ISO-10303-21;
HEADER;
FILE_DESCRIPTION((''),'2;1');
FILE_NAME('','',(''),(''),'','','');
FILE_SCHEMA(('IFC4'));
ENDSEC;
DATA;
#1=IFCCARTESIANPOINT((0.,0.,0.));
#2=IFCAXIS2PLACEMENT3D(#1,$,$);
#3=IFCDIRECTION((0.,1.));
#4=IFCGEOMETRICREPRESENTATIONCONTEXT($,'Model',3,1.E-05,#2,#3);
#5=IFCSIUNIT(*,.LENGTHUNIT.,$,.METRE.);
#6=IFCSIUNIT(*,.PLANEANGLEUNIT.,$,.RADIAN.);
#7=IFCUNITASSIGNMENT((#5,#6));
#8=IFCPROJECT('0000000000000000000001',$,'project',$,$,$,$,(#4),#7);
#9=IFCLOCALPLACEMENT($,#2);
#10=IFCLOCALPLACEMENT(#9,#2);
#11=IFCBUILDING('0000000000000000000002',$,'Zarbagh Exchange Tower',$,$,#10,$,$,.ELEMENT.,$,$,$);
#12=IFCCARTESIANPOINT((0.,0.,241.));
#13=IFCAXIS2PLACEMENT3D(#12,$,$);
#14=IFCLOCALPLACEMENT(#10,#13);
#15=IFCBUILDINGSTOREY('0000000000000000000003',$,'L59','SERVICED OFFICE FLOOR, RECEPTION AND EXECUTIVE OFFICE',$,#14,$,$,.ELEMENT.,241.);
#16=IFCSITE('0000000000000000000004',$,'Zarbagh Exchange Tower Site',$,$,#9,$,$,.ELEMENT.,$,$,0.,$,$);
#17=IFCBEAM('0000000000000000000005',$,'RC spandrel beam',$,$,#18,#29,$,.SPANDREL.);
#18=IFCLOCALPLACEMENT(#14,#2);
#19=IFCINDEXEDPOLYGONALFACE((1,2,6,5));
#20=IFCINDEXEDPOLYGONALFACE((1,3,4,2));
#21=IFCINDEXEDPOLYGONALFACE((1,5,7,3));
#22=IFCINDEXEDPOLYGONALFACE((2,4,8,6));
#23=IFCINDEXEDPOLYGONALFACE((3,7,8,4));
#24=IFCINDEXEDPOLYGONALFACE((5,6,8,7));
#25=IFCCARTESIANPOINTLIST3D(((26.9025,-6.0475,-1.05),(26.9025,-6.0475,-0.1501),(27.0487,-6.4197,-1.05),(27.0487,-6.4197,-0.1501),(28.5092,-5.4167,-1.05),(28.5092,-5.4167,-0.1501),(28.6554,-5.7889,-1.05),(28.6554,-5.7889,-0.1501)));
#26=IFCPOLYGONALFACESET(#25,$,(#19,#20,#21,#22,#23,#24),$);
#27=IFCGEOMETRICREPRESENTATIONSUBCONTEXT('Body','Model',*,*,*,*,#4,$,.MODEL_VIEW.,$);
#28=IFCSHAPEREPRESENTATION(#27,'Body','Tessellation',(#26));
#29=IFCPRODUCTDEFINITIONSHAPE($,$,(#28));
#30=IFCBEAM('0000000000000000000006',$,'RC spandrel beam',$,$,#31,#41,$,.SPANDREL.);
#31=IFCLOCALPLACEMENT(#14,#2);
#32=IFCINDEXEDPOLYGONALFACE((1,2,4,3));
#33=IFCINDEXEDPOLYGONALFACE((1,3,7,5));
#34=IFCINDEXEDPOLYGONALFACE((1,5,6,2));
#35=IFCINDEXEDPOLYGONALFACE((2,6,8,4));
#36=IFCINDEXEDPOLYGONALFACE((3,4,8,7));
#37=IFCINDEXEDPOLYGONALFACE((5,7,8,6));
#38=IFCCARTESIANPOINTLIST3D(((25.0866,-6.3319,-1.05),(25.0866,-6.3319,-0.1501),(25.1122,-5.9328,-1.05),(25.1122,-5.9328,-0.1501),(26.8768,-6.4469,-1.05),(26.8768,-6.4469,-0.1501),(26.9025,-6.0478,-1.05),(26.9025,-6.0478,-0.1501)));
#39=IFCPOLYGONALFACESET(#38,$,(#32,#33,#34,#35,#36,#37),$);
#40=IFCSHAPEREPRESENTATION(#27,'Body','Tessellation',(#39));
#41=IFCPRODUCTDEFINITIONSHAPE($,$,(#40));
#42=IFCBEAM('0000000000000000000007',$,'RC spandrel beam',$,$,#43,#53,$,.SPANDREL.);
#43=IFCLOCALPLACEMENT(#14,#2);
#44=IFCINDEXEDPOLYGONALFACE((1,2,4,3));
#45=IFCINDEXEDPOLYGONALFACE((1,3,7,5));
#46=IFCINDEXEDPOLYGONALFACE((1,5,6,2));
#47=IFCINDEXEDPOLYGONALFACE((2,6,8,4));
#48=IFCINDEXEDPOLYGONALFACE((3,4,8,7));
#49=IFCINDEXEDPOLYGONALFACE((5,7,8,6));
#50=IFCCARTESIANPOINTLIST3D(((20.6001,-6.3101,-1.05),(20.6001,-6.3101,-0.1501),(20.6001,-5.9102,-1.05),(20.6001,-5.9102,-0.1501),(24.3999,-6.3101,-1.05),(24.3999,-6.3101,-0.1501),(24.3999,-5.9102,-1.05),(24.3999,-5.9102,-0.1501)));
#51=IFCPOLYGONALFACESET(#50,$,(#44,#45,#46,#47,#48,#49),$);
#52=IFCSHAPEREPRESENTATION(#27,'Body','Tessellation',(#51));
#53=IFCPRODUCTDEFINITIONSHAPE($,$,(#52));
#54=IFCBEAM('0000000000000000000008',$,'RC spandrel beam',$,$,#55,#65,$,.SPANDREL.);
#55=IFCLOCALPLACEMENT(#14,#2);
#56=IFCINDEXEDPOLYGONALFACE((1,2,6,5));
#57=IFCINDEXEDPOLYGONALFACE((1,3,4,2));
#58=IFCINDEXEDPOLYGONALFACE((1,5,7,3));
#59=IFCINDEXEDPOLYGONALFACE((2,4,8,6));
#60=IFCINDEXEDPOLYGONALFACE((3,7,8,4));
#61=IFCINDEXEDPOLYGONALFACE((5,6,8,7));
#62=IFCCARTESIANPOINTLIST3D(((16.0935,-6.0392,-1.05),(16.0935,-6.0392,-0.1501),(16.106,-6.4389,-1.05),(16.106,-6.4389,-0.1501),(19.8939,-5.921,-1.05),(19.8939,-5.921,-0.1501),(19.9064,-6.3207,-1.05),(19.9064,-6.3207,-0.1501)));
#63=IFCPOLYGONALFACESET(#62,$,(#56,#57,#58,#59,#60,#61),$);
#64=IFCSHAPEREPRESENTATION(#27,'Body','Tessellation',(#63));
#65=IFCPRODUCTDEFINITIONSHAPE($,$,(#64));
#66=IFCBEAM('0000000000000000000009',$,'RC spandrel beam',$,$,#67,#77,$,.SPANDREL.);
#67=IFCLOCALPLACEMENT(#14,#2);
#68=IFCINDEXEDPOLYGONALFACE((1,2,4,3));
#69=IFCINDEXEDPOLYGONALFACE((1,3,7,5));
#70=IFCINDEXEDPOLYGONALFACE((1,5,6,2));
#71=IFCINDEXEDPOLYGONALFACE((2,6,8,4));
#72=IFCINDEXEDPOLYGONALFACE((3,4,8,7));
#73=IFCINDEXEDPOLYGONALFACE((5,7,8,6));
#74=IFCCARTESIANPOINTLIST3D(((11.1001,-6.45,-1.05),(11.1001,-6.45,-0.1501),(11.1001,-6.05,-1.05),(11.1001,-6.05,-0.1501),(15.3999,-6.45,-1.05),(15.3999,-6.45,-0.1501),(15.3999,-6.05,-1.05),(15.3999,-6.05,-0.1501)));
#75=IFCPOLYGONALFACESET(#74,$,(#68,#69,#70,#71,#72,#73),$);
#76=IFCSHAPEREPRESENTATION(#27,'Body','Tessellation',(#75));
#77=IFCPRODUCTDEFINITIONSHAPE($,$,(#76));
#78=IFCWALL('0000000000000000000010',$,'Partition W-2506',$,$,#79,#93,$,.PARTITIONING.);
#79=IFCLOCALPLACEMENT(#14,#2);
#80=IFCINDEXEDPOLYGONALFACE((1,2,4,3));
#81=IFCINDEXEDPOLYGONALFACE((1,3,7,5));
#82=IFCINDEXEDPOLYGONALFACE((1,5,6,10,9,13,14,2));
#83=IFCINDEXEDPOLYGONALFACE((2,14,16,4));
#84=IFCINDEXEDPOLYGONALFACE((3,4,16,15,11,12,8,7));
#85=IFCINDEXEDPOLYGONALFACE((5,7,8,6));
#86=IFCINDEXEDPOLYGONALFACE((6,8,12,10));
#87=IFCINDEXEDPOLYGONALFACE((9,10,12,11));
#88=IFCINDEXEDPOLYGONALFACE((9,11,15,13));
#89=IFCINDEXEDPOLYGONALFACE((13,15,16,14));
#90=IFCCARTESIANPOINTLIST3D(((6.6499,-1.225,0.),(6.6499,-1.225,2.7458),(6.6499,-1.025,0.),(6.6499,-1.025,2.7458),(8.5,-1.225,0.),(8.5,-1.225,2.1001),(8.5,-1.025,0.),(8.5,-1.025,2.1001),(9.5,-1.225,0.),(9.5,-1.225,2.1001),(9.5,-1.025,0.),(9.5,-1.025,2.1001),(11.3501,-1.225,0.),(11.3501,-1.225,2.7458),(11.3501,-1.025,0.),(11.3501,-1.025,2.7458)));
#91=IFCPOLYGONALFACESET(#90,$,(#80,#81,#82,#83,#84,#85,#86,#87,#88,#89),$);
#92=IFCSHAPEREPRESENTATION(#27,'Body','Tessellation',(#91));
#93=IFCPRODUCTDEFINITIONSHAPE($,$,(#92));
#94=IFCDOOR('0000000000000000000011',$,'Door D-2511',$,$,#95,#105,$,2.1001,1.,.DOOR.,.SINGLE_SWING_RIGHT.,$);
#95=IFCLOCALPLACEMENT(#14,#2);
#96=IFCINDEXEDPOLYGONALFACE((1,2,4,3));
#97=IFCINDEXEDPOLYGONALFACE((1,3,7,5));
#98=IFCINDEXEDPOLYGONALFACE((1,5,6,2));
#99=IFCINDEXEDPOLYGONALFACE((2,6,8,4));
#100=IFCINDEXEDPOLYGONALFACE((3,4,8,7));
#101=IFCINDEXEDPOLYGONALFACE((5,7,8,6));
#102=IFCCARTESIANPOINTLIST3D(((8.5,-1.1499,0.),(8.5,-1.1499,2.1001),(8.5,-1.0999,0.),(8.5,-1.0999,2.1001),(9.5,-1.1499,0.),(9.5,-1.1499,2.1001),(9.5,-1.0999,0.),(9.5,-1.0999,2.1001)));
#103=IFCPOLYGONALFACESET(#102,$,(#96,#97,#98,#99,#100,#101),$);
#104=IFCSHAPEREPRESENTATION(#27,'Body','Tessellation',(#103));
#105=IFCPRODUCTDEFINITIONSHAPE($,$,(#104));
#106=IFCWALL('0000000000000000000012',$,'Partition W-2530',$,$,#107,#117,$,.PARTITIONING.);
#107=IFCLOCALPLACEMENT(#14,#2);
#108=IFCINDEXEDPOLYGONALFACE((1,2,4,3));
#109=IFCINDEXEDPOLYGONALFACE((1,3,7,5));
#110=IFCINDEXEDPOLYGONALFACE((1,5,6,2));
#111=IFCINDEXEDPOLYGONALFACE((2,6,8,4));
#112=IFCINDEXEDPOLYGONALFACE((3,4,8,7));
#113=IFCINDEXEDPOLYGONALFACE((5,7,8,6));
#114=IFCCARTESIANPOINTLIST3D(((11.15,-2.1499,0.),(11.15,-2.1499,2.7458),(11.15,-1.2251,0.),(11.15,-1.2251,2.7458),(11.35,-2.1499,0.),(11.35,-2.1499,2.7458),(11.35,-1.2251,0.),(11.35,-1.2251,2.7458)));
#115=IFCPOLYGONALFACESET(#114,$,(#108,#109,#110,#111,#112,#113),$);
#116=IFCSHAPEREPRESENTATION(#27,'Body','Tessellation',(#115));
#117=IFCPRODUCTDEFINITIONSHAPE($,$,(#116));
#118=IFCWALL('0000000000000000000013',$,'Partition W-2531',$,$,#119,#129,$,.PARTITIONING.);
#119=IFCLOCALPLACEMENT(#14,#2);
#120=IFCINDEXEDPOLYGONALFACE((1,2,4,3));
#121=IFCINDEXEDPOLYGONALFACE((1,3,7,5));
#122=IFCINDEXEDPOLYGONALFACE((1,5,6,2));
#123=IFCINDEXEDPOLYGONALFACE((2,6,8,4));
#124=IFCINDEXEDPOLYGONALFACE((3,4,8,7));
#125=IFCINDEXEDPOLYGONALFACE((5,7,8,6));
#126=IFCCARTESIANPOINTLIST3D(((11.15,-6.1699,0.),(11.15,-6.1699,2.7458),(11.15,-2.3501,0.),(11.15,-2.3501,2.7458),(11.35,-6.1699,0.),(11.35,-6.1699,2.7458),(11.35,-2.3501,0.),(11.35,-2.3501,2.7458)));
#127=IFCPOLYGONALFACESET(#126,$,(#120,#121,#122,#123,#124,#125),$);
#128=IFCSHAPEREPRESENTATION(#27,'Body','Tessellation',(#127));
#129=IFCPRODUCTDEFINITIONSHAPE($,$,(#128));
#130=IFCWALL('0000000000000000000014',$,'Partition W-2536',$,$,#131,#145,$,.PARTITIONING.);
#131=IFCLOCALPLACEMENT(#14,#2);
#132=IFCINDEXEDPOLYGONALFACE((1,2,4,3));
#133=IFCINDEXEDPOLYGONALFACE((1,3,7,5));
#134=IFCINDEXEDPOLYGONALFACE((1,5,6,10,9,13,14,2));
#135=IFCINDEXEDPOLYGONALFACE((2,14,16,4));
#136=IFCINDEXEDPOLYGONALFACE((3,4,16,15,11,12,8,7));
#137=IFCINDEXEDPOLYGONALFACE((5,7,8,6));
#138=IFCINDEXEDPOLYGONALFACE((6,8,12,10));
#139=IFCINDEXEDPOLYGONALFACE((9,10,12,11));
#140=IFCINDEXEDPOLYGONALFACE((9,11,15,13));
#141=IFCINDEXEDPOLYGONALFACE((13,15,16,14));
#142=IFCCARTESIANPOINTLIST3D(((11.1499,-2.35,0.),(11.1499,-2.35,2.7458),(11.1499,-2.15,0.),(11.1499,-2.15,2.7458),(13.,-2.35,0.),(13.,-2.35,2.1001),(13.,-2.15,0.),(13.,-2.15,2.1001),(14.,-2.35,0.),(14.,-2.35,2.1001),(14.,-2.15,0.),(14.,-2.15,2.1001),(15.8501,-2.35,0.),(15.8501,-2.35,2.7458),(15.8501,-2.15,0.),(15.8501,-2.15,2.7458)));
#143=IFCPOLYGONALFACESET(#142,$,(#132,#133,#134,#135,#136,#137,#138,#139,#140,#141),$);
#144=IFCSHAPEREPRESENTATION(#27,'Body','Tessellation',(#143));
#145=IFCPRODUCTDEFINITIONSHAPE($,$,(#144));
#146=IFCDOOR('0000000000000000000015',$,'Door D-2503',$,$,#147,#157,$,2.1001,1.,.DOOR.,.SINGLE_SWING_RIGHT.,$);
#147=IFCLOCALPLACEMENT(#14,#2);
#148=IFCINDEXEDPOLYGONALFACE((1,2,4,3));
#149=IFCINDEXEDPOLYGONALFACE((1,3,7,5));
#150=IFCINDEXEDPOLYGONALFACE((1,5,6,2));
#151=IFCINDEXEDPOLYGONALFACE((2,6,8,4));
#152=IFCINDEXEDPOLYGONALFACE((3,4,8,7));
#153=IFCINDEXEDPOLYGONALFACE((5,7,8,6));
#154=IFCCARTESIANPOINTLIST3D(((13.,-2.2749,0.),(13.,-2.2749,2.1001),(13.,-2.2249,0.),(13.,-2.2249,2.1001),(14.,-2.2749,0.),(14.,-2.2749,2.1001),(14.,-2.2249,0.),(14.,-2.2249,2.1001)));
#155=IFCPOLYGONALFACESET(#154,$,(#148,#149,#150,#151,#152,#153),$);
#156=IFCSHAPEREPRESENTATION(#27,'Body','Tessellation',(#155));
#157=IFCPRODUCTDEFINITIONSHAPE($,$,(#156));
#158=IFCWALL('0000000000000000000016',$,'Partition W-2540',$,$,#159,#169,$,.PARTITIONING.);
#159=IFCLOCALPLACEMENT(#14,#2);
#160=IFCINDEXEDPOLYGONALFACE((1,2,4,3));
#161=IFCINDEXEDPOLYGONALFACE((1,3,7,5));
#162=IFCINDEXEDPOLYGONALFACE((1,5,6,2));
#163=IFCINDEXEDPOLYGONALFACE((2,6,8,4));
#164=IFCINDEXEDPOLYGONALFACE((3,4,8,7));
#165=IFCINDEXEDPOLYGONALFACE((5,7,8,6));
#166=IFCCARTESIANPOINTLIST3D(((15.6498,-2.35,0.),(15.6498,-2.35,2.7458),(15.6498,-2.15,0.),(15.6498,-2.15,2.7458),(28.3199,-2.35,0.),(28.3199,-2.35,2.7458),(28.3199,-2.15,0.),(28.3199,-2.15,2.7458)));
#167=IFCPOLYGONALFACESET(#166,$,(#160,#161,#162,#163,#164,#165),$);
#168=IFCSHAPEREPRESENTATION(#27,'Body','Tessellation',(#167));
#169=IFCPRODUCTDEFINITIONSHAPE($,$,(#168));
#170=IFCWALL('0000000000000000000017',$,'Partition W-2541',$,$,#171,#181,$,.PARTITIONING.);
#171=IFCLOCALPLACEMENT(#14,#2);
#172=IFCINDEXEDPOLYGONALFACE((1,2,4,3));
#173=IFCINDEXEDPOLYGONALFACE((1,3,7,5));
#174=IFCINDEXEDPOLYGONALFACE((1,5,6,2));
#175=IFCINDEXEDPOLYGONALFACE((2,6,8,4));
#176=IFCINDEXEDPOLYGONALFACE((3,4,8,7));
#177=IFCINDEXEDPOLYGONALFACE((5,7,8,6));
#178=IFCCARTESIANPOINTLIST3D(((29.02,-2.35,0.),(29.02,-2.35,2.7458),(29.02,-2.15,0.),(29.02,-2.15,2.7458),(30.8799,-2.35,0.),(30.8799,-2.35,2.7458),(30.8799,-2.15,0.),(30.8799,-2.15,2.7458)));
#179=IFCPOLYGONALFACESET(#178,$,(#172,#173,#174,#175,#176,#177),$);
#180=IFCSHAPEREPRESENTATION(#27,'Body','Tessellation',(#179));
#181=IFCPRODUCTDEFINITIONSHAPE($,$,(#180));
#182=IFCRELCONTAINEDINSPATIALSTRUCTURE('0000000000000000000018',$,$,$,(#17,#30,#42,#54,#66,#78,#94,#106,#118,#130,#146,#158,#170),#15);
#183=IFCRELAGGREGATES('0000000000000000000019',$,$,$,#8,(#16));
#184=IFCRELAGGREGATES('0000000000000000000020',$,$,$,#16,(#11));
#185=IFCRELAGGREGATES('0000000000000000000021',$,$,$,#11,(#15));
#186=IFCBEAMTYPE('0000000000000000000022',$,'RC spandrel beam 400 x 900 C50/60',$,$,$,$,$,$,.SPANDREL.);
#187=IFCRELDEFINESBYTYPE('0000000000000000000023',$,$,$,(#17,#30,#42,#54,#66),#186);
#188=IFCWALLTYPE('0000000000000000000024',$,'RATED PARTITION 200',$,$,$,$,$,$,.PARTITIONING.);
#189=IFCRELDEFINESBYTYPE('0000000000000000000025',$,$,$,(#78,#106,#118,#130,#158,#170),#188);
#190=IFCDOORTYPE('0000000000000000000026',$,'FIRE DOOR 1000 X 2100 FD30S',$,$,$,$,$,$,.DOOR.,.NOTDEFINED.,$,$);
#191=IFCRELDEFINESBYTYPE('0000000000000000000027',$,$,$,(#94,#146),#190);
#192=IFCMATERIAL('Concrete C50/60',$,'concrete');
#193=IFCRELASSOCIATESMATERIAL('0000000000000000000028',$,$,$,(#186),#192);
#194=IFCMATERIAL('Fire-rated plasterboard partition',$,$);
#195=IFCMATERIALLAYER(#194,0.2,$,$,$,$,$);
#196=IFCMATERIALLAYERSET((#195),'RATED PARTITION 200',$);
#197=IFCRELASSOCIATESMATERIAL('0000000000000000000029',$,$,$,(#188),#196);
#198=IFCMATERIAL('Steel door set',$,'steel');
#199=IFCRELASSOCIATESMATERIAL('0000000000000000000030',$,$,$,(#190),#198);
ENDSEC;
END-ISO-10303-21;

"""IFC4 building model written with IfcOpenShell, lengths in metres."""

from ifc_helpers import new_model, si_unit, direction, frame, frame_2d, origin, origin_2d, place, context, subcontext, project, spatial, rectangle, extrude, material, layer, layer_set, material_profile, profile_set, type_object, element, fill, save


model = new_model("IFC4")

# Units and contexts
model_context = context("Model", 3, precision=1e-05, world=origin(), true_north=direction((0.0, 1.0)))
body_context = subcontext(model_context, "Body", "Model", "MODEL_VIEW")
ifc_project = project(units=[si_unit("LENGTHUNIT", "METRE"), si_unit("PLANEANGLEUNIT", "RADIAN")], contexts=[model_context])

# Site, building, storey
site_placement = place(None, origin())
site = spatial("IfcSite", under=ifc_project, at=site_placement, Name="Zarbagh Exchange Tower Site", CompositionType="ELEMENT", RefElevation=0.0)
building_placement = place(site_placement, origin())
building = spatial("IfcBuilding", under=site, at=building_placement, Name="Zarbagh Exchange Tower", CompositionType="ELEMENT")
storey_placement = place(building_placement, frame((0.0, 0.0, 241.0)))
storey = spatial("IfcBuildingStorey", under=building, at=storey_placement, Name="L59", Description="SERVICED OFFICE FLOOR, RECEPTION AND EXECUTIVE OFFICE", CompositionType="ELEMENT", Elevation=241.0)

# Shared definitions
ifc_material_1 = material(Name="Concrete C50/60", Category="concrete")

# Beams
ifc_material_profile_1 = material_profile(ifc_material_1, rectangle(XDim=0.3999, YDim=0.8999, at=origin_2d()), Name="RC spandrel beam 400 x 900 C50/60")
ifc_profile_set_1 = profile_set([ifc_material_profile_1], Name="Concrete C50/60")
beam_type_1 = type_object("IfcBeamType", Name="RC spandrel beam 400 x 900 C50/60", PredefinedType="SPANDREL", material=ifc_profile_set_1)
beam_1_placement = place(storey_placement, frame((28.5823, -5.6028, -0.6001), z_axis=(-0.930819, -0.365482, 0.0), x_axis=(0.365482, -0.930819, 0.0)))
element("IfcBeam", 1, at=beam_1_placement, inside=storey, type_object=beam_type_1, Name="RC spandrel beam", PredefinedType="SPANDREL", context=body_context, shape_type="SweptSolid", body=[
    extrude(rectangle(XDim=0.3999, YDim=0.8999, at=origin_2d()), origin(), (0.0, 0.0, 1.0), 1.7261),
])
beam_2_placement = place(storey_placement, frame((26.8896, -6.2473, -0.6001), z_axis=(-0.997944, 0.064098, 0.0), x_axis=(-0.064098, -0.997944, 0.0)))
element("IfcBeam", 2, at=beam_2_placement, inside=storey, type_object=beam_type_1, Name="RC spandrel beam", PredefinedType="SPANDREL", context=body_context, shape_type="SweptSolid", body=[
    extrude(rectangle(XDim=0.3999, YDim=0.8999, at=origin_2d()), origin(), (0.0, 0.0, 1.0), 1.7939),
])
beam_3_placement = place(storey_placement, frame((24.3999, -6.1101, -0.6001), z_axis=(-1.0, 0.0, 0.0), x_axis=(0.0, -1.0, 0.0)))
element("IfcBeam", 3, at=beam_3_placement, inside=storey, type_object=beam_type_1, Name="RC spandrel beam", PredefinedType="SPANDREL", context=body_context, shape_type="SweptSolid", body=[
    extrude(rectangle(XDim=0.3999, YDim=0.8999, at=origin_2d()), origin(), (0.0, 0.0, 1.0), 3.7998),
])
beam_4_placement = place(storey_placement, frame((19.9001, -6.1208, -0.6001), z_axis=(-0.999517, -0.031078, 0.0), x_axis=(0.031078, -0.999517, 0.0)))
element("IfcBeam", 4, at=beam_4_placement, inside=storey, type_object=beam_type_1, Name="RC spandrel beam", PredefinedType="SPANDREL", context=body_context, shape_type="SweptSolid", body=[
    extrude(rectangle(XDim=0.3999, YDim=0.8999, at=origin_2d()), origin(), (0.0, 0.0, 1.0), 3.8022),
])
beam_5_placement = place(storey_placement, frame((15.3999, -6.25, -0.6001), z_axis=(-1.0, 0.0, 0.0), x_axis=(0.0, -1.0, 0.0)))
element("IfcBeam", 5, at=beam_5_placement, inside=storey, type_object=beam_type_1, Name="RC spandrel beam", PredefinedType="SPANDREL", context=body_context, shape_type="SweptSolid", body=[
    extrude(rectangle(XDim=0.3999, YDim=0.8999, at=origin_2d()), origin(), (0.0, 0.0, 1.0), 4.2998),
])

# Wall, opening, door
ifc_material_2 = material(Name="Fire-rated plasterboard partition")
ifc_layer = layer(ifc_material_2, 0.2)
ifc_layer_set = layer_set([ifc_layer], Name="RATED PARTITION 200")
wall_type = type_object("IfcWallType", Name="RATED PARTITION 200", PredefinedType="PARTITIONING", material=ifc_layer_set)
wall_1_placement = place(storey_placement, frame((11.3501, -1.125, 0.0), z_axis=(0.0, 0.0, 1.0), x_axis=(-1.0, 0.0, 0.0)))
wall_1 = element("IfcWall", 6, at=wall_1_placement, inside=storey, type_object=wall_type, Name="Partition W-2506", PredefinedType="PARTITIONING", context=body_context, shape_type="SweptSolid", body=[
    extrude(rectangle(XDim=4.7002, YDim=0.2, at=frame_2d((2.3501, 0.0))), origin(), (0.0, 0.0, 1.0), 2.7458),
])
opening_1_placement = place(wall_1_placement, frame((1.8501, 0.0, 0.0)))
opening_1 = element("IfcOpeningElement", 7, at=opening_1_placement, cuts=wall_1, PredefinedType="OPENING", context=body_context, shape_type="SweptSolid", body=[
    extrude(rectangle(XDim=1.0, YDim=2.1001, at=frame_2d((0.5, 1.05))), frame((0.0, 0.1099, 0.0), z_axis=(0.0, -1.0, 0.0), x_axis=(1.0, 0.0, 0.0)), (0.0, 0.0, 1.0), 0.22),
])
ifc_material_3 = material(Name="Steel door set", Category="steel")
door_type = type_object("IfcDoorType", Name="FIRE DOOR 1000 X 2100 FD30S", OperationType="NOTDEFINED", PredefinedType="DOOR", material=ifc_material_3)
door_1_placement = place(opening_1_placement, origin())
door_1 = element("IfcDoor", 8, at=door_1_placement, inside=storey, type_object=door_type, Name="Door D-2511", OperationType="SINGLE_SWING_RIGHT", OverallHeight=2.1001, OverallWidth=1.0, PredefinedType="DOOR", context=body_context, shape_type="SweptSolid", body=[
    extrude(rectangle(XDim=1.0, YDim=2.1001, at=frame_2d((0.5, 1.05))), frame((0.0, 0.0249, 0.0), z_axis=(0.0, -1.0, 0.0), x_axis=(1.0, 0.0, 0.0)), (0.0, 0.0, 1.0), 0.05),
])
fill(opening_1, door_1)

# Walls
wall_2_placement = place(storey_placement, frame((11.25, -2.1499, 0.0), z_axis=(0.0, 0.0, 1.0), x_axis=(0.0, 1.0, 0.0)))
element("IfcWall", 9, at=wall_2_placement, inside=storey, type_object=wall_type, Name="Partition W-2530", PredefinedType="PARTITIONING", context=body_context, shape_type="SweptSolid", body=[
    extrude(rectangle(XDim=0.9248, YDim=0.2, at=frame_2d((0.4624, 0.0))), origin(), (0.0, 0.0, 1.0), 2.7458),
])
wall_3_placement = place(storey_placement, frame((11.25, -6.1699, 0.0), z_axis=(0.0, 0.0, 1.0), x_axis=(0.0, 1.0, 0.0)))
element("IfcWall", 10, at=wall_3_placement, inside=storey, type_object=wall_type, Name="Partition W-2531", PredefinedType="PARTITIONING", context=body_context, shape_type="SweptSolid", body=[
    extrude(rectangle(XDim=3.8198, YDim=0.2, at=frame_2d((1.9099, 0.0))), origin(), (0.0, 0.0, 1.0), 2.7458),
])

# Wall, opening, door
wall_4_placement = place(storey_placement, frame((15.8501, -2.25, 0.0), z_axis=(0.0, 0.0, 1.0), x_axis=(-1.0, 0.0, 0.0)))
wall_4 = element("IfcWall", 11, at=wall_4_placement, inside=storey, type_object=wall_type, Name="Partition W-2536", PredefinedType="PARTITIONING", context=body_context, shape_type="SweptSolid", body=[
    extrude(rectangle(XDim=4.7002, YDim=0.2, at=frame_2d((2.3501, 0.0))), origin(), (0.0, 0.0, 1.0), 2.7458),
])
opening_2_placement = place(wall_4_placement, frame((1.8501, 0.0, 0.0)))
opening_2 = element("IfcOpeningElement", 12, at=opening_2_placement, cuts=wall_4, PredefinedType="OPENING", context=body_context, shape_type="SweptSolid", body=[
    extrude(rectangle(XDim=1.0, YDim=2.1001, at=frame_2d((0.5, 1.05))), frame((0.0, 0.1099, 0.0), z_axis=(0.0, -1.0, 0.0), x_axis=(1.0, 0.0, 0.0)), (0.0, 0.0, 1.0), 0.22),
])
door_2_placement = place(opening_2_placement, origin())
door_2 = element("IfcDoor", 13, at=door_2_placement, inside=storey, type_object=door_type, Name="Door D-2503", OperationType="SINGLE_SWING_RIGHT", OverallHeight=2.1001, OverallWidth=1.0, PredefinedType="DOOR", context=body_context, shape_type="SweptSolid", body=[
    extrude(rectangle(XDim=1.0, YDim=2.1001, at=frame_2d((0.5, 1.05))), frame((0.0, 0.0249, 0.0), z_axis=(0.0, -1.0, 0.0), x_axis=(1.0, 0.0, 0.0)), (0.0, 0.0, 1.0), 0.05),
])
fill(opening_2, door_2)

# Walls
wall_5_placement = place(storey_placement, frame((15.6499, -2.25, 0.0), z_axis=(0.0, 0.0, 1.0), x_axis=(1.0, 0.0, 0.0)))
element("IfcWall", 14, at=wall_5_placement, inside=storey, type_object=wall_type, Name="Partition W-2540", PredefinedType="PARTITIONING", context=body_context, shape_type="SweptSolid", body=[
    extrude(rectangle(XDim=12.6702, YDim=0.2, at=frame_2d((6.335, 0.0))), origin(), (0.0, 0.0, 1.0), 2.7458),
])
wall_6_placement = place(storey_placement, frame((29.02, -2.25, 0.0), z_axis=(0.0, 0.0, 1.0), x_axis=(1.0, 0.0, 0.0)))
element("IfcWall", 15, at=wall_6_placement, inside=storey, type_object=wall_type, Name="Partition W-2541", PredefinedType="PARTITIONING", context=body_context, shape_type="SweptSolid", body=[
    extrude(rectangle(XDim=1.8599, YDim=0.2, at=frame_2d((0.9299, 0.0))), origin(), (0.0, 0.0, 1.0), 2.7458),
])

save(model, "model.ifc")
